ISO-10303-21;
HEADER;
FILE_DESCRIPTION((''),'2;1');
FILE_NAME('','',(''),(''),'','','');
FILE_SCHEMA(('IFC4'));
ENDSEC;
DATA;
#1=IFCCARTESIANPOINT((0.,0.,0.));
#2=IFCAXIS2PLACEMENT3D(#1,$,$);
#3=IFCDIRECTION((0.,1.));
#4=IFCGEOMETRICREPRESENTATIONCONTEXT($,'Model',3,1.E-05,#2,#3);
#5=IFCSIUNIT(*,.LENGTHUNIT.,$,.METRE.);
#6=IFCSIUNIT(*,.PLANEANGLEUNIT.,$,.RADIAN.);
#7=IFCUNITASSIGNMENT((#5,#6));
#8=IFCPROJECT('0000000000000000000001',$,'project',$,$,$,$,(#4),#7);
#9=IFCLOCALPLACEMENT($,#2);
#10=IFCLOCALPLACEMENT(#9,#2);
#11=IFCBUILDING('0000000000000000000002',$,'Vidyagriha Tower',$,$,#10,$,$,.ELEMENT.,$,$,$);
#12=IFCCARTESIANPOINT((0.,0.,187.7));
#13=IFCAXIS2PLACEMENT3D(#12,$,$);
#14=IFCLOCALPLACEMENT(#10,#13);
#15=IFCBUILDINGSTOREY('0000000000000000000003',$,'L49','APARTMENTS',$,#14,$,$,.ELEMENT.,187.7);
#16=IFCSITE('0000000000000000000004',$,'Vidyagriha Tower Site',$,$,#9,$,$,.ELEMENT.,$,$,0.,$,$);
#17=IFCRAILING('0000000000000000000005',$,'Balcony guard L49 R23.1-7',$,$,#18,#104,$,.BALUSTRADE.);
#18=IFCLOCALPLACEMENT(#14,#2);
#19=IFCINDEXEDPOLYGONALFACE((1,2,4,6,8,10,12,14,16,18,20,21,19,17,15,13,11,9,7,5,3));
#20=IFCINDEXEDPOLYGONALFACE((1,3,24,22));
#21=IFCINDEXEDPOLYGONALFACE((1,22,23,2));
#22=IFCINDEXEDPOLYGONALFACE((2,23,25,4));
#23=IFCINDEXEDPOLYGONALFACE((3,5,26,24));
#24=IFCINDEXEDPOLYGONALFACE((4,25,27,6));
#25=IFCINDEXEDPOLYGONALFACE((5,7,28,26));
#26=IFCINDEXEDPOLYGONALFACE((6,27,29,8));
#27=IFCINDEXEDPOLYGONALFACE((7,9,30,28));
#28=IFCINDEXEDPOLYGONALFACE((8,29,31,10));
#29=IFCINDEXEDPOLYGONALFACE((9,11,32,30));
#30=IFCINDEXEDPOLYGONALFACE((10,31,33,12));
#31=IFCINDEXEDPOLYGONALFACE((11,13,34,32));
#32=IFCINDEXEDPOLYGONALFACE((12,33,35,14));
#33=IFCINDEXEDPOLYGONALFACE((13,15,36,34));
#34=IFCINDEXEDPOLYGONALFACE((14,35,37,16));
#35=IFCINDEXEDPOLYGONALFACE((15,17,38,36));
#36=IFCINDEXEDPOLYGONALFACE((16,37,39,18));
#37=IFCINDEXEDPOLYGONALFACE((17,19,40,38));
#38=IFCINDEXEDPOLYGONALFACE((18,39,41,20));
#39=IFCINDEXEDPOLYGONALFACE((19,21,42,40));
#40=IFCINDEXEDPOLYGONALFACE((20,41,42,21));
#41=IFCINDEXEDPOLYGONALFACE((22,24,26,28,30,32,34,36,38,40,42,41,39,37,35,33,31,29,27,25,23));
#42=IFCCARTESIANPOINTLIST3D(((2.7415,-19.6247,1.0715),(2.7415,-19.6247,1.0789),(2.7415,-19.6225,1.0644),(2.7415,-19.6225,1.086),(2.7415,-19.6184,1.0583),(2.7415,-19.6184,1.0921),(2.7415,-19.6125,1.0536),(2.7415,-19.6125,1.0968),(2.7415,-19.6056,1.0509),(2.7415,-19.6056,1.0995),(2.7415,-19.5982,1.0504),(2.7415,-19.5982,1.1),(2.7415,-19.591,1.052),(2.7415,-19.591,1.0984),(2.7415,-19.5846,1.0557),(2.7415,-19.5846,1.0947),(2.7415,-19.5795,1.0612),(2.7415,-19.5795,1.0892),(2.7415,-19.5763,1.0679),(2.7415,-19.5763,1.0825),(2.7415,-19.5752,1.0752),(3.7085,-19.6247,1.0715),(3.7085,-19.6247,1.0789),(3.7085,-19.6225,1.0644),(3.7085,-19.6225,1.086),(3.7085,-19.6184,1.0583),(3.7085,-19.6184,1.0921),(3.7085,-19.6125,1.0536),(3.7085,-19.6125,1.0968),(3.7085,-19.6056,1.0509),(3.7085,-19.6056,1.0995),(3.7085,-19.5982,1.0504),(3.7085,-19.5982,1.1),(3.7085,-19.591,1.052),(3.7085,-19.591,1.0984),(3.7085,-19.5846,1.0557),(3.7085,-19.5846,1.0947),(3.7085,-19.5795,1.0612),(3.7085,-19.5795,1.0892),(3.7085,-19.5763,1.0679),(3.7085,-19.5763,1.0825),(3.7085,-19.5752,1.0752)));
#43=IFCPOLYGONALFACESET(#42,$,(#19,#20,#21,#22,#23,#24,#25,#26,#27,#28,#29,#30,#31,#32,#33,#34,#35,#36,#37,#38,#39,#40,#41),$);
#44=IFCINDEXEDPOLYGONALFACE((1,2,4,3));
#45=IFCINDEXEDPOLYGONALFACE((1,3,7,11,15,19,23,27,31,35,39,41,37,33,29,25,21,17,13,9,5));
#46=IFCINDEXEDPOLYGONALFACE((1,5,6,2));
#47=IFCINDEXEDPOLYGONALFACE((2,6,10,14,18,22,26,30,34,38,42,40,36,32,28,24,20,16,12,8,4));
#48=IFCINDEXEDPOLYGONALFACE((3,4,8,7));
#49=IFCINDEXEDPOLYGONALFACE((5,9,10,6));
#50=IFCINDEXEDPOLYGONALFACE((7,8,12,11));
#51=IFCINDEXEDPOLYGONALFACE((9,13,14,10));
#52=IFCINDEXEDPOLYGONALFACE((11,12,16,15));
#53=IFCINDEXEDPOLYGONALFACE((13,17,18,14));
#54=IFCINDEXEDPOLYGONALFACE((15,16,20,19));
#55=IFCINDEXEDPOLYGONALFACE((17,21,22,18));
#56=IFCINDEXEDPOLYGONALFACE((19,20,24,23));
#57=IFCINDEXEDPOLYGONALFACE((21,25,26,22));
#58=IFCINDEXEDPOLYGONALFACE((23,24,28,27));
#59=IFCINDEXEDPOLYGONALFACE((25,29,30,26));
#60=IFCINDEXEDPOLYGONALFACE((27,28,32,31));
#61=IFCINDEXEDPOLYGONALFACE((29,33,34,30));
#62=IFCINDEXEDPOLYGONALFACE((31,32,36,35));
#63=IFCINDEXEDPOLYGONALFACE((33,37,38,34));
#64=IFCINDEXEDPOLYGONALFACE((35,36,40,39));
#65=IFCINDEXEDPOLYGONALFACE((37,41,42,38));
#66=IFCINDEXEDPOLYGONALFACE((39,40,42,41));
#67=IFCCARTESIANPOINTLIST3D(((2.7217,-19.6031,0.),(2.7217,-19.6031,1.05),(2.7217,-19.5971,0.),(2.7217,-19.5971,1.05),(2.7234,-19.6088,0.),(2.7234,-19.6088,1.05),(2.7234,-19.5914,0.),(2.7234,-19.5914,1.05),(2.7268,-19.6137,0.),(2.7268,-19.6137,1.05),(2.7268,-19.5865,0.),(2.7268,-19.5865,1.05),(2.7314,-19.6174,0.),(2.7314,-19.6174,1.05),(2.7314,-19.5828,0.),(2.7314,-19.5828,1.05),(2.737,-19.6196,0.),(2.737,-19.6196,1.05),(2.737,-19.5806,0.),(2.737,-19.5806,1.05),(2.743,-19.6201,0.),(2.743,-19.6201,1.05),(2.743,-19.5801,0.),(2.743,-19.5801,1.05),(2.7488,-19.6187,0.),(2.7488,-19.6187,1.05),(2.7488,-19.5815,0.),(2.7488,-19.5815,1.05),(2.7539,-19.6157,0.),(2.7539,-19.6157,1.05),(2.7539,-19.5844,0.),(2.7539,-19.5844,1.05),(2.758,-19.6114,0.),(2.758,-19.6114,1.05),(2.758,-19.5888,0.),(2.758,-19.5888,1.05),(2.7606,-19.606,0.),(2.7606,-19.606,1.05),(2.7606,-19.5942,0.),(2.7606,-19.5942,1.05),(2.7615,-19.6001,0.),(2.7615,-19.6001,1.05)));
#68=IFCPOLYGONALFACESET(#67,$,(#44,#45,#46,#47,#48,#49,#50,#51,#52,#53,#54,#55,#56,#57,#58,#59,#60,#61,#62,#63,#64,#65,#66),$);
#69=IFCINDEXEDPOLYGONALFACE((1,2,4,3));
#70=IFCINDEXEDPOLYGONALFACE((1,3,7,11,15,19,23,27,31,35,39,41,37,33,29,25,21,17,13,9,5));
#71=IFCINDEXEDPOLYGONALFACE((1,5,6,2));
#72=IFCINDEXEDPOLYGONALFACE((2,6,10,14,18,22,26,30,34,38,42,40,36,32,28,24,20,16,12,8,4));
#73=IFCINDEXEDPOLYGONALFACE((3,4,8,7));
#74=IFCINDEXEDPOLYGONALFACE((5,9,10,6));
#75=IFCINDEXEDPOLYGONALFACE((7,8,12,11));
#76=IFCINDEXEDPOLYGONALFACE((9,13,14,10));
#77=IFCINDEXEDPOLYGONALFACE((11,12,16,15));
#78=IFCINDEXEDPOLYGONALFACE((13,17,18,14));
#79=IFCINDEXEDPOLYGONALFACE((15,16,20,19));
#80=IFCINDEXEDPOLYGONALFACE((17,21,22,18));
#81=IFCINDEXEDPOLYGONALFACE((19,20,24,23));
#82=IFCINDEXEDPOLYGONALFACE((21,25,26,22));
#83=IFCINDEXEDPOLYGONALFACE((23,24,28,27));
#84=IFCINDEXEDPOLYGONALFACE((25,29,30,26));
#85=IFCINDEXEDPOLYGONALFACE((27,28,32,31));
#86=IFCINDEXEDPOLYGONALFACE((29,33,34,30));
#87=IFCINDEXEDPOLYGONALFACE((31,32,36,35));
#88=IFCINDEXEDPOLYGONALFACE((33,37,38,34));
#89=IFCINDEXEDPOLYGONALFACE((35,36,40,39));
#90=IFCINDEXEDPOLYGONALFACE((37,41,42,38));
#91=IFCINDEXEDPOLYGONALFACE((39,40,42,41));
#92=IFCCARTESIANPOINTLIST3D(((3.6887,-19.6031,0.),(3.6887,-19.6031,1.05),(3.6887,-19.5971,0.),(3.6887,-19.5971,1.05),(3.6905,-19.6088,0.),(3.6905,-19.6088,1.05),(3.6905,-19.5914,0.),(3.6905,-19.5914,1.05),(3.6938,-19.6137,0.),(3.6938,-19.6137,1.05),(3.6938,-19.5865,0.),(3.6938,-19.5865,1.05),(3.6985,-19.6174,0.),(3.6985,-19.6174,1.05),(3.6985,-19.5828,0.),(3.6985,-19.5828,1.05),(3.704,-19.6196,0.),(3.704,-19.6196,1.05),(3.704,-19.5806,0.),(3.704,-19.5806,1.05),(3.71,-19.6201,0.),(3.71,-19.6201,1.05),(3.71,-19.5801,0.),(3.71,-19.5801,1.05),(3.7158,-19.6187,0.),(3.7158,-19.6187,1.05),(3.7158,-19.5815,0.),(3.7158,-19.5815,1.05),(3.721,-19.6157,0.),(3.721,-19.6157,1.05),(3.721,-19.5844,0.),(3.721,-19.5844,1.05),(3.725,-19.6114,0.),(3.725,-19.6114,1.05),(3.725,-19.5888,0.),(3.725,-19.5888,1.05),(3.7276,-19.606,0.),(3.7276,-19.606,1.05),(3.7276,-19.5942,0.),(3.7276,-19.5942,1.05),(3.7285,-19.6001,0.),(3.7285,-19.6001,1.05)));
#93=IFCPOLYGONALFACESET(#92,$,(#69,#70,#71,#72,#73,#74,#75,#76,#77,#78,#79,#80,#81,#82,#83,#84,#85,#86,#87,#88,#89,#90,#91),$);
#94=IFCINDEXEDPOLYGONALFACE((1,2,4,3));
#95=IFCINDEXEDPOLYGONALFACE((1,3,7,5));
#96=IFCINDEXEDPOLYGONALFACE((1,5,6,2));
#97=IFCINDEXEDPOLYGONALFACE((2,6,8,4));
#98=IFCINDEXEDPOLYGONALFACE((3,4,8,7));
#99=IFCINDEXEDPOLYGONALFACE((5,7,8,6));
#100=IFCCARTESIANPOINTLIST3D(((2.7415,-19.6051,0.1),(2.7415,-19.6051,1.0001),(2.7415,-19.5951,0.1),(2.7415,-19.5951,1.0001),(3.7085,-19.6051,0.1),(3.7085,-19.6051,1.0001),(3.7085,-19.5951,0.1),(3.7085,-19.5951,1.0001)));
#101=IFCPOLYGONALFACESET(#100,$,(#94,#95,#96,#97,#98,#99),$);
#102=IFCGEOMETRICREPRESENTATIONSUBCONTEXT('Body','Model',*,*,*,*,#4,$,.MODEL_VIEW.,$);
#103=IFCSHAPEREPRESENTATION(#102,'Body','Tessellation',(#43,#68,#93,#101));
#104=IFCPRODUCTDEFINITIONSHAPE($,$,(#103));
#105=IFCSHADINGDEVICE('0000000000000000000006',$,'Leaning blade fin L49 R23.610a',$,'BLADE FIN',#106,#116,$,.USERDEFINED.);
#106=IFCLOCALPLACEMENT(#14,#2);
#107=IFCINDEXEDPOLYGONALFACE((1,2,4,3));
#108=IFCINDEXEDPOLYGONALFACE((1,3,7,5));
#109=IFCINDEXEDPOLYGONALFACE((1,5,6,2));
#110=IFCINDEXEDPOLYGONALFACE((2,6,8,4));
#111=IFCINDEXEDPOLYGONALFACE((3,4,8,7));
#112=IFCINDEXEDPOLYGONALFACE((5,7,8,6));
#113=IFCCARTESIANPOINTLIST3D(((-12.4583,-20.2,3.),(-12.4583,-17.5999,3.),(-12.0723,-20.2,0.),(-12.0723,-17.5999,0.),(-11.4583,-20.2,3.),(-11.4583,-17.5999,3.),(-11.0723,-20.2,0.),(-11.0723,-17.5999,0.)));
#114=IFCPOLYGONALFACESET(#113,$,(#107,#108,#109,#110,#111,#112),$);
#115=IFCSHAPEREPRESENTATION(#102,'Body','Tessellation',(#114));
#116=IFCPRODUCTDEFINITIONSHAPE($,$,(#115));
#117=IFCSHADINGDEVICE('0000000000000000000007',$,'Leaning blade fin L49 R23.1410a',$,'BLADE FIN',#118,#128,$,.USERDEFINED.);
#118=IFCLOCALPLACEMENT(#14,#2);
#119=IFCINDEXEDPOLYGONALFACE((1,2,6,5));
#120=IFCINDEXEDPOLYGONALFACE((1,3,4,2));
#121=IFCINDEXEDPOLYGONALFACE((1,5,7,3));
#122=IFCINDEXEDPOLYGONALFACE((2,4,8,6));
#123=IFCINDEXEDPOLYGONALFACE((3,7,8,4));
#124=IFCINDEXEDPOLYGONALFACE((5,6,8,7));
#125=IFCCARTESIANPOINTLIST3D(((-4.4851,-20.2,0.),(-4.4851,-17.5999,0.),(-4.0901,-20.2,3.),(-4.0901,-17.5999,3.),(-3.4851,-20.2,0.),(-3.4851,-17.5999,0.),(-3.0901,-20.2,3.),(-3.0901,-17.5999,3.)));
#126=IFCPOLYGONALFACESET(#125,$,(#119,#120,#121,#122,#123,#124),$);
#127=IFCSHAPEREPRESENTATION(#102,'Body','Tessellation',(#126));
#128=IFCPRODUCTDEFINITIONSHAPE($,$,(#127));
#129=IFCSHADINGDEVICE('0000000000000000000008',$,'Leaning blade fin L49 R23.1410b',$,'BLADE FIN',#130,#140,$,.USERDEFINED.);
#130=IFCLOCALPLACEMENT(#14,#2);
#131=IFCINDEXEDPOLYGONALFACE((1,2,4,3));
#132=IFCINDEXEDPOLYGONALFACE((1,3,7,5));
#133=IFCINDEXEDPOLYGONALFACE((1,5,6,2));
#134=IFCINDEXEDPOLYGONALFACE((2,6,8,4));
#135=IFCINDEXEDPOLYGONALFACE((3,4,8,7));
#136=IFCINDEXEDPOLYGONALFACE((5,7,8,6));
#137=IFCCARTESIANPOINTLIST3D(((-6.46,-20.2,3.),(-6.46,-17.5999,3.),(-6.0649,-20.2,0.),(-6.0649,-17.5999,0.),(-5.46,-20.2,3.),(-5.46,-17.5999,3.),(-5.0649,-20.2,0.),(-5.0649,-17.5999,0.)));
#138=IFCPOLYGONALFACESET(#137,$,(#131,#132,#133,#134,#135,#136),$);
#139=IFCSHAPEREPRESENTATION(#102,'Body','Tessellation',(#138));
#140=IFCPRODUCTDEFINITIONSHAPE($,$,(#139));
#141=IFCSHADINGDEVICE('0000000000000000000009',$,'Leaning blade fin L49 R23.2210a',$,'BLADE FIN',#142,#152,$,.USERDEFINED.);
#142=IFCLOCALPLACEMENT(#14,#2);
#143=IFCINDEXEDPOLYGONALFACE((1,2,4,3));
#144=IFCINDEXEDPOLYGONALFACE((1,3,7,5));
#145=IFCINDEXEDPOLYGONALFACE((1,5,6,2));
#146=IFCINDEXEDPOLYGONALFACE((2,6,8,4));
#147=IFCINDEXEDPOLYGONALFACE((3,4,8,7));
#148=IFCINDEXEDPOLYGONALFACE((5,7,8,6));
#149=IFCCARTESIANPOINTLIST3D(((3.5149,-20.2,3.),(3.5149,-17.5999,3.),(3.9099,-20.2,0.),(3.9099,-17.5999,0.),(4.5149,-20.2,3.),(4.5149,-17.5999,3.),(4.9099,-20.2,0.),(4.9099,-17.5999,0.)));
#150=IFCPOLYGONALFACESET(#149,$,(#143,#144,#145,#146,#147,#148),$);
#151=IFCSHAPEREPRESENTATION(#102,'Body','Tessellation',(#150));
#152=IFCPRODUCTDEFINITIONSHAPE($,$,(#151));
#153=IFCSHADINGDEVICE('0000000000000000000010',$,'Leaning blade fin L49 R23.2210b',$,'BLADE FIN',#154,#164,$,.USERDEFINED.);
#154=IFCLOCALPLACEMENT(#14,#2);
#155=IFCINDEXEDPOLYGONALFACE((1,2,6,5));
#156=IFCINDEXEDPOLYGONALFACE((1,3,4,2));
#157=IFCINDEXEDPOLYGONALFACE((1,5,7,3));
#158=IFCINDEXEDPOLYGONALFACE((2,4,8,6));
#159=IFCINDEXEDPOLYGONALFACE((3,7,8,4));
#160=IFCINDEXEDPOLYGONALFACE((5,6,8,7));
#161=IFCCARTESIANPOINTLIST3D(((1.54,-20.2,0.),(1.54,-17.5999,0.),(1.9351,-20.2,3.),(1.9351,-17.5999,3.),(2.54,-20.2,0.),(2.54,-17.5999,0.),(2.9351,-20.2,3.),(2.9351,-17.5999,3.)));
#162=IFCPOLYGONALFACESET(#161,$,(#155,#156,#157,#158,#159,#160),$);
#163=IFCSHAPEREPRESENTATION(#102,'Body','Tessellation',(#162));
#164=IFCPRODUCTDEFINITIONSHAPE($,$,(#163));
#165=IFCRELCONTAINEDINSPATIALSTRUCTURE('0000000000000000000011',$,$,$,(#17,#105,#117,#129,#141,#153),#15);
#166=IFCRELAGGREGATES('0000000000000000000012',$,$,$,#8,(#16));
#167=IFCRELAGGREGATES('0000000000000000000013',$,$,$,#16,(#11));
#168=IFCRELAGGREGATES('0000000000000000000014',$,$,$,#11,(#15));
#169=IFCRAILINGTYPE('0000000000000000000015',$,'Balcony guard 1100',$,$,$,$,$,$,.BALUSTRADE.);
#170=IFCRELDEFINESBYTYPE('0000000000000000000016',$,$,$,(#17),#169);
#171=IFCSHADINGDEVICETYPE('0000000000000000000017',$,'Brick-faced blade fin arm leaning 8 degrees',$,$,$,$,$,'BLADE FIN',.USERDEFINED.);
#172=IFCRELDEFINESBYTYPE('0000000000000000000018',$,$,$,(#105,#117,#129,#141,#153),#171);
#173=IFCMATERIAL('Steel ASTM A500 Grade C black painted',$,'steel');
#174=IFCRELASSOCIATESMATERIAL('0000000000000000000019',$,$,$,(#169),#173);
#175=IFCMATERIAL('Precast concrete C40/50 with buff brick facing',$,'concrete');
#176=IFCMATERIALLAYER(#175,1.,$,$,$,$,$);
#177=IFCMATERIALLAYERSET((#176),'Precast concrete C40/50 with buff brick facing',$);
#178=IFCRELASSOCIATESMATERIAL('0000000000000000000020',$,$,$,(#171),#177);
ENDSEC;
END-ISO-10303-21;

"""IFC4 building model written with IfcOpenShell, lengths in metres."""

from ifc_helpers import new_model, si_unit, direction, frame, origin, origin_2d, place, context, subcontext, project, spatial, polyline, rectangle, circle, outline, extrude, material, layer, layer_set, type_object, element, save


model = new_model("IFC4")

# Units and contexts
model_context = context("Model", 3, precision=1e-05, world=origin(), true_north=direction((0.0, 1.0)))
body_context = subcontext(model_context, "Body", "Model", "MODEL_VIEW")
ifc_project = project(units=[si_unit("LENGTHUNIT", "METRE"), si_unit("PLANEANGLEUNIT", "RADIAN")], contexts=[model_context])

# Site, building, storey
site_placement = place(None, origin())
site = spatial("IfcSite", under=ifc_project, at=site_placement, Name="Vidyagriha Tower Site", CompositionType="ELEMENT", RefElevation=0.0)
building_placement = place(site_placement, origin())
building = spatial("IfcBuilding", under=site, at=building_placement, Name="Vidyagriha Tower", CompositionType="ELEMENT")
storey_placement = place(building_placement, frame((0.0, 0.0, 187.7)))
storey = spatial("IfcBuildingStorey", under=building, at=storey_placement, Name="L49", Description="APARTMENTS", CompositionType="ELEMENT", Elevation=187.7)

# Railing
ifc_material_1 = material(Name="Steel ASTM A500 Grade C black painted", Category="steel")
railing_type = type_object("IfcRailingType", Name="Balcony guard 1100", PredefinedType="BALUSTRADE", material=ifc_material_1)
railing_1_placement = place(storey_placement, frame((2.7415, -19.6001, 0.0)))
element("IfcRailing", 1, at=railing_1_placement, inside=storey, type_object=railing_type, Name="Balcony guard L49 R23.1-7", PredefinedType="BALUSTRADE", context=body_context, shape_type="SweptSolid", body=[
    extrude(circle(Radius=0.0249, at=origin_2d()), frame((0.0, 0.0, 1.0752), z_axis=(1.0, 0.0, 0.0), x_axis=(0.0, 1.0, 0.0)), (0.0, 0.0, 1.0), 0.967),
    extrude(circle(Radius=0.02, at=origin_2d()), origin(), (0.0, 0.0, 1.0), 1.05),
    extrude(circle(Radius=0.02, at=origin_2d()), frame((0.967, 0.0, 0.0)), (0.0, 0.0, 1.0), 1.05),
    extrude(rectangle(XDim=0.01, YDim=0.9001, at=origin_2d()), frame((0.0, 0.0, 0.55), z_axis=(1.0, 0.0, 0.0), x_axis=(0.0, 1.0, 0.0)), (0.0, 0.0, 1.0), 0.967),
])

# Shading devices
ifc_material_2 = material(Name="Precast concrete C40/50 with buff brick facing", Category="concrete")
ifc_layer_1 = layer(ifc_material_2, 1.0)
ifc_layer_set_1 = layer_set([ifc_layer_1], Name="Precast concrete C40/50 with buff brick facing")
shading_device_type = type_object("IfcShadingDeviceType", Name="Brick-faced blade fin arm leaning 8 degrees", ElementType="BLADE FIN", PredefinedType="USERDEFINED", material=ifc_layer_set_1)
shading_device_1_placement = place(storey_placement, frame((-12.4583, -18.8999, 0.0)))
element("IfcShadingDevice", 2, at=shading_device_1_placement, inside=storey, type_object=shading_device_type, Name="Leaning blade fin L49 R23.610a", ObjectType="BLADE FIN", PredefinedType="USERDEFINED", context=body_context, shape_type="SweptSolid", body=[
    extrude(outline(polyline([(0.386, 0.0), (1.386, 0.0), (1.0, 3.0), (0.0, 3.0), (0.386, 0.0)])), frame((0.0, 1.3, 0.0), z_axis=(0.0, -1.0, 0.0), x_axis=(1.0, 0.0, 0.0)), (0.0, 0.0, 1.0), 2.6001),
])
shading_device_2_placement = place(storey_placement, frame((-4.4851, -18.8999, 0.0)))
element("IfcShadingDevice", 3, at=shading_device_2_placement, inside=storey, type_object=shading_device_type, Name="Leaning blade fin L49 R23.1410a", ObjectType="BLADE FIN", PredefinedType="USERDEFINED", context=body_context, shape_type="SweptSolid", body=[
    extrude(outline(polyline([(0.0, 0.0), (1.0, 0.0), (1.395, 3.0), (0.395, 3.0), (0.0, 0.0)])), frame((0.0, 1.3, 0.0), z_axis=(0.0, -1.0, 0.0), x_axis=(1.0, 0.0, 0.0)), (0.0, 0.0, 1.0), 2.6001),
])
for number, where, name in (
    (4, (-6.46, -18.8999, 0.0), "Leaning blade fin L49 R23.1410b"),
    (5, (3.5149, -18.8999, 0.0), "Leaning blade fin L49 R23.2210a"),
):
    element("IfcShadingDevice", number, at=place(storey_placement, frame(where)), inside=storey, type_object=shading_device_type, Name=name, ObjectType="BLADE FIN", PredefinedType="USERDEFINED", context=body_context, shape_type="SweptSolid", body=[
        extrude(outline(polyline([(0.395, 0.0), (1.395, 0.0), (1.0, 3.0), (0.0, 3.0), (0.395, 0.0)])), frame((0.0, 1.3, 0.0), z_axis=(0.0, -1.0, 0.0), x_axis=(1.0, 0.0, 0.0)), (0.0, 0.0, 1.0), 2.6001),
    ])
shading_device_3_placement = place(storey_placement, frame((1.54, -18.8999, 0.0)))
element("IfcShadingDevice", 6, at=shading_device_3_placement, inside=storey, type_object=shading_device_type, Name="Leaning blade fin L49 R23.2210b", ObjectType="BLADE FIN", PredefinedType="USERDEFINED", context=body_context, shape_type="SweptSolid", body=[
    extrude(outline(polyline([(0.0, 0.0), (1.0, 0.0), (1.395, 3.0), (0.395, 3.0), (0.0, 0.0)])), frame((0.0, 1.3, 0.0), z_axis=(0.0, -1.0, 0.0), x_axis=(1.0, 0.0, 0.0)), (0.0, 0.0, 1.0), 2.6001),
])

save(model, "model.ifc")
